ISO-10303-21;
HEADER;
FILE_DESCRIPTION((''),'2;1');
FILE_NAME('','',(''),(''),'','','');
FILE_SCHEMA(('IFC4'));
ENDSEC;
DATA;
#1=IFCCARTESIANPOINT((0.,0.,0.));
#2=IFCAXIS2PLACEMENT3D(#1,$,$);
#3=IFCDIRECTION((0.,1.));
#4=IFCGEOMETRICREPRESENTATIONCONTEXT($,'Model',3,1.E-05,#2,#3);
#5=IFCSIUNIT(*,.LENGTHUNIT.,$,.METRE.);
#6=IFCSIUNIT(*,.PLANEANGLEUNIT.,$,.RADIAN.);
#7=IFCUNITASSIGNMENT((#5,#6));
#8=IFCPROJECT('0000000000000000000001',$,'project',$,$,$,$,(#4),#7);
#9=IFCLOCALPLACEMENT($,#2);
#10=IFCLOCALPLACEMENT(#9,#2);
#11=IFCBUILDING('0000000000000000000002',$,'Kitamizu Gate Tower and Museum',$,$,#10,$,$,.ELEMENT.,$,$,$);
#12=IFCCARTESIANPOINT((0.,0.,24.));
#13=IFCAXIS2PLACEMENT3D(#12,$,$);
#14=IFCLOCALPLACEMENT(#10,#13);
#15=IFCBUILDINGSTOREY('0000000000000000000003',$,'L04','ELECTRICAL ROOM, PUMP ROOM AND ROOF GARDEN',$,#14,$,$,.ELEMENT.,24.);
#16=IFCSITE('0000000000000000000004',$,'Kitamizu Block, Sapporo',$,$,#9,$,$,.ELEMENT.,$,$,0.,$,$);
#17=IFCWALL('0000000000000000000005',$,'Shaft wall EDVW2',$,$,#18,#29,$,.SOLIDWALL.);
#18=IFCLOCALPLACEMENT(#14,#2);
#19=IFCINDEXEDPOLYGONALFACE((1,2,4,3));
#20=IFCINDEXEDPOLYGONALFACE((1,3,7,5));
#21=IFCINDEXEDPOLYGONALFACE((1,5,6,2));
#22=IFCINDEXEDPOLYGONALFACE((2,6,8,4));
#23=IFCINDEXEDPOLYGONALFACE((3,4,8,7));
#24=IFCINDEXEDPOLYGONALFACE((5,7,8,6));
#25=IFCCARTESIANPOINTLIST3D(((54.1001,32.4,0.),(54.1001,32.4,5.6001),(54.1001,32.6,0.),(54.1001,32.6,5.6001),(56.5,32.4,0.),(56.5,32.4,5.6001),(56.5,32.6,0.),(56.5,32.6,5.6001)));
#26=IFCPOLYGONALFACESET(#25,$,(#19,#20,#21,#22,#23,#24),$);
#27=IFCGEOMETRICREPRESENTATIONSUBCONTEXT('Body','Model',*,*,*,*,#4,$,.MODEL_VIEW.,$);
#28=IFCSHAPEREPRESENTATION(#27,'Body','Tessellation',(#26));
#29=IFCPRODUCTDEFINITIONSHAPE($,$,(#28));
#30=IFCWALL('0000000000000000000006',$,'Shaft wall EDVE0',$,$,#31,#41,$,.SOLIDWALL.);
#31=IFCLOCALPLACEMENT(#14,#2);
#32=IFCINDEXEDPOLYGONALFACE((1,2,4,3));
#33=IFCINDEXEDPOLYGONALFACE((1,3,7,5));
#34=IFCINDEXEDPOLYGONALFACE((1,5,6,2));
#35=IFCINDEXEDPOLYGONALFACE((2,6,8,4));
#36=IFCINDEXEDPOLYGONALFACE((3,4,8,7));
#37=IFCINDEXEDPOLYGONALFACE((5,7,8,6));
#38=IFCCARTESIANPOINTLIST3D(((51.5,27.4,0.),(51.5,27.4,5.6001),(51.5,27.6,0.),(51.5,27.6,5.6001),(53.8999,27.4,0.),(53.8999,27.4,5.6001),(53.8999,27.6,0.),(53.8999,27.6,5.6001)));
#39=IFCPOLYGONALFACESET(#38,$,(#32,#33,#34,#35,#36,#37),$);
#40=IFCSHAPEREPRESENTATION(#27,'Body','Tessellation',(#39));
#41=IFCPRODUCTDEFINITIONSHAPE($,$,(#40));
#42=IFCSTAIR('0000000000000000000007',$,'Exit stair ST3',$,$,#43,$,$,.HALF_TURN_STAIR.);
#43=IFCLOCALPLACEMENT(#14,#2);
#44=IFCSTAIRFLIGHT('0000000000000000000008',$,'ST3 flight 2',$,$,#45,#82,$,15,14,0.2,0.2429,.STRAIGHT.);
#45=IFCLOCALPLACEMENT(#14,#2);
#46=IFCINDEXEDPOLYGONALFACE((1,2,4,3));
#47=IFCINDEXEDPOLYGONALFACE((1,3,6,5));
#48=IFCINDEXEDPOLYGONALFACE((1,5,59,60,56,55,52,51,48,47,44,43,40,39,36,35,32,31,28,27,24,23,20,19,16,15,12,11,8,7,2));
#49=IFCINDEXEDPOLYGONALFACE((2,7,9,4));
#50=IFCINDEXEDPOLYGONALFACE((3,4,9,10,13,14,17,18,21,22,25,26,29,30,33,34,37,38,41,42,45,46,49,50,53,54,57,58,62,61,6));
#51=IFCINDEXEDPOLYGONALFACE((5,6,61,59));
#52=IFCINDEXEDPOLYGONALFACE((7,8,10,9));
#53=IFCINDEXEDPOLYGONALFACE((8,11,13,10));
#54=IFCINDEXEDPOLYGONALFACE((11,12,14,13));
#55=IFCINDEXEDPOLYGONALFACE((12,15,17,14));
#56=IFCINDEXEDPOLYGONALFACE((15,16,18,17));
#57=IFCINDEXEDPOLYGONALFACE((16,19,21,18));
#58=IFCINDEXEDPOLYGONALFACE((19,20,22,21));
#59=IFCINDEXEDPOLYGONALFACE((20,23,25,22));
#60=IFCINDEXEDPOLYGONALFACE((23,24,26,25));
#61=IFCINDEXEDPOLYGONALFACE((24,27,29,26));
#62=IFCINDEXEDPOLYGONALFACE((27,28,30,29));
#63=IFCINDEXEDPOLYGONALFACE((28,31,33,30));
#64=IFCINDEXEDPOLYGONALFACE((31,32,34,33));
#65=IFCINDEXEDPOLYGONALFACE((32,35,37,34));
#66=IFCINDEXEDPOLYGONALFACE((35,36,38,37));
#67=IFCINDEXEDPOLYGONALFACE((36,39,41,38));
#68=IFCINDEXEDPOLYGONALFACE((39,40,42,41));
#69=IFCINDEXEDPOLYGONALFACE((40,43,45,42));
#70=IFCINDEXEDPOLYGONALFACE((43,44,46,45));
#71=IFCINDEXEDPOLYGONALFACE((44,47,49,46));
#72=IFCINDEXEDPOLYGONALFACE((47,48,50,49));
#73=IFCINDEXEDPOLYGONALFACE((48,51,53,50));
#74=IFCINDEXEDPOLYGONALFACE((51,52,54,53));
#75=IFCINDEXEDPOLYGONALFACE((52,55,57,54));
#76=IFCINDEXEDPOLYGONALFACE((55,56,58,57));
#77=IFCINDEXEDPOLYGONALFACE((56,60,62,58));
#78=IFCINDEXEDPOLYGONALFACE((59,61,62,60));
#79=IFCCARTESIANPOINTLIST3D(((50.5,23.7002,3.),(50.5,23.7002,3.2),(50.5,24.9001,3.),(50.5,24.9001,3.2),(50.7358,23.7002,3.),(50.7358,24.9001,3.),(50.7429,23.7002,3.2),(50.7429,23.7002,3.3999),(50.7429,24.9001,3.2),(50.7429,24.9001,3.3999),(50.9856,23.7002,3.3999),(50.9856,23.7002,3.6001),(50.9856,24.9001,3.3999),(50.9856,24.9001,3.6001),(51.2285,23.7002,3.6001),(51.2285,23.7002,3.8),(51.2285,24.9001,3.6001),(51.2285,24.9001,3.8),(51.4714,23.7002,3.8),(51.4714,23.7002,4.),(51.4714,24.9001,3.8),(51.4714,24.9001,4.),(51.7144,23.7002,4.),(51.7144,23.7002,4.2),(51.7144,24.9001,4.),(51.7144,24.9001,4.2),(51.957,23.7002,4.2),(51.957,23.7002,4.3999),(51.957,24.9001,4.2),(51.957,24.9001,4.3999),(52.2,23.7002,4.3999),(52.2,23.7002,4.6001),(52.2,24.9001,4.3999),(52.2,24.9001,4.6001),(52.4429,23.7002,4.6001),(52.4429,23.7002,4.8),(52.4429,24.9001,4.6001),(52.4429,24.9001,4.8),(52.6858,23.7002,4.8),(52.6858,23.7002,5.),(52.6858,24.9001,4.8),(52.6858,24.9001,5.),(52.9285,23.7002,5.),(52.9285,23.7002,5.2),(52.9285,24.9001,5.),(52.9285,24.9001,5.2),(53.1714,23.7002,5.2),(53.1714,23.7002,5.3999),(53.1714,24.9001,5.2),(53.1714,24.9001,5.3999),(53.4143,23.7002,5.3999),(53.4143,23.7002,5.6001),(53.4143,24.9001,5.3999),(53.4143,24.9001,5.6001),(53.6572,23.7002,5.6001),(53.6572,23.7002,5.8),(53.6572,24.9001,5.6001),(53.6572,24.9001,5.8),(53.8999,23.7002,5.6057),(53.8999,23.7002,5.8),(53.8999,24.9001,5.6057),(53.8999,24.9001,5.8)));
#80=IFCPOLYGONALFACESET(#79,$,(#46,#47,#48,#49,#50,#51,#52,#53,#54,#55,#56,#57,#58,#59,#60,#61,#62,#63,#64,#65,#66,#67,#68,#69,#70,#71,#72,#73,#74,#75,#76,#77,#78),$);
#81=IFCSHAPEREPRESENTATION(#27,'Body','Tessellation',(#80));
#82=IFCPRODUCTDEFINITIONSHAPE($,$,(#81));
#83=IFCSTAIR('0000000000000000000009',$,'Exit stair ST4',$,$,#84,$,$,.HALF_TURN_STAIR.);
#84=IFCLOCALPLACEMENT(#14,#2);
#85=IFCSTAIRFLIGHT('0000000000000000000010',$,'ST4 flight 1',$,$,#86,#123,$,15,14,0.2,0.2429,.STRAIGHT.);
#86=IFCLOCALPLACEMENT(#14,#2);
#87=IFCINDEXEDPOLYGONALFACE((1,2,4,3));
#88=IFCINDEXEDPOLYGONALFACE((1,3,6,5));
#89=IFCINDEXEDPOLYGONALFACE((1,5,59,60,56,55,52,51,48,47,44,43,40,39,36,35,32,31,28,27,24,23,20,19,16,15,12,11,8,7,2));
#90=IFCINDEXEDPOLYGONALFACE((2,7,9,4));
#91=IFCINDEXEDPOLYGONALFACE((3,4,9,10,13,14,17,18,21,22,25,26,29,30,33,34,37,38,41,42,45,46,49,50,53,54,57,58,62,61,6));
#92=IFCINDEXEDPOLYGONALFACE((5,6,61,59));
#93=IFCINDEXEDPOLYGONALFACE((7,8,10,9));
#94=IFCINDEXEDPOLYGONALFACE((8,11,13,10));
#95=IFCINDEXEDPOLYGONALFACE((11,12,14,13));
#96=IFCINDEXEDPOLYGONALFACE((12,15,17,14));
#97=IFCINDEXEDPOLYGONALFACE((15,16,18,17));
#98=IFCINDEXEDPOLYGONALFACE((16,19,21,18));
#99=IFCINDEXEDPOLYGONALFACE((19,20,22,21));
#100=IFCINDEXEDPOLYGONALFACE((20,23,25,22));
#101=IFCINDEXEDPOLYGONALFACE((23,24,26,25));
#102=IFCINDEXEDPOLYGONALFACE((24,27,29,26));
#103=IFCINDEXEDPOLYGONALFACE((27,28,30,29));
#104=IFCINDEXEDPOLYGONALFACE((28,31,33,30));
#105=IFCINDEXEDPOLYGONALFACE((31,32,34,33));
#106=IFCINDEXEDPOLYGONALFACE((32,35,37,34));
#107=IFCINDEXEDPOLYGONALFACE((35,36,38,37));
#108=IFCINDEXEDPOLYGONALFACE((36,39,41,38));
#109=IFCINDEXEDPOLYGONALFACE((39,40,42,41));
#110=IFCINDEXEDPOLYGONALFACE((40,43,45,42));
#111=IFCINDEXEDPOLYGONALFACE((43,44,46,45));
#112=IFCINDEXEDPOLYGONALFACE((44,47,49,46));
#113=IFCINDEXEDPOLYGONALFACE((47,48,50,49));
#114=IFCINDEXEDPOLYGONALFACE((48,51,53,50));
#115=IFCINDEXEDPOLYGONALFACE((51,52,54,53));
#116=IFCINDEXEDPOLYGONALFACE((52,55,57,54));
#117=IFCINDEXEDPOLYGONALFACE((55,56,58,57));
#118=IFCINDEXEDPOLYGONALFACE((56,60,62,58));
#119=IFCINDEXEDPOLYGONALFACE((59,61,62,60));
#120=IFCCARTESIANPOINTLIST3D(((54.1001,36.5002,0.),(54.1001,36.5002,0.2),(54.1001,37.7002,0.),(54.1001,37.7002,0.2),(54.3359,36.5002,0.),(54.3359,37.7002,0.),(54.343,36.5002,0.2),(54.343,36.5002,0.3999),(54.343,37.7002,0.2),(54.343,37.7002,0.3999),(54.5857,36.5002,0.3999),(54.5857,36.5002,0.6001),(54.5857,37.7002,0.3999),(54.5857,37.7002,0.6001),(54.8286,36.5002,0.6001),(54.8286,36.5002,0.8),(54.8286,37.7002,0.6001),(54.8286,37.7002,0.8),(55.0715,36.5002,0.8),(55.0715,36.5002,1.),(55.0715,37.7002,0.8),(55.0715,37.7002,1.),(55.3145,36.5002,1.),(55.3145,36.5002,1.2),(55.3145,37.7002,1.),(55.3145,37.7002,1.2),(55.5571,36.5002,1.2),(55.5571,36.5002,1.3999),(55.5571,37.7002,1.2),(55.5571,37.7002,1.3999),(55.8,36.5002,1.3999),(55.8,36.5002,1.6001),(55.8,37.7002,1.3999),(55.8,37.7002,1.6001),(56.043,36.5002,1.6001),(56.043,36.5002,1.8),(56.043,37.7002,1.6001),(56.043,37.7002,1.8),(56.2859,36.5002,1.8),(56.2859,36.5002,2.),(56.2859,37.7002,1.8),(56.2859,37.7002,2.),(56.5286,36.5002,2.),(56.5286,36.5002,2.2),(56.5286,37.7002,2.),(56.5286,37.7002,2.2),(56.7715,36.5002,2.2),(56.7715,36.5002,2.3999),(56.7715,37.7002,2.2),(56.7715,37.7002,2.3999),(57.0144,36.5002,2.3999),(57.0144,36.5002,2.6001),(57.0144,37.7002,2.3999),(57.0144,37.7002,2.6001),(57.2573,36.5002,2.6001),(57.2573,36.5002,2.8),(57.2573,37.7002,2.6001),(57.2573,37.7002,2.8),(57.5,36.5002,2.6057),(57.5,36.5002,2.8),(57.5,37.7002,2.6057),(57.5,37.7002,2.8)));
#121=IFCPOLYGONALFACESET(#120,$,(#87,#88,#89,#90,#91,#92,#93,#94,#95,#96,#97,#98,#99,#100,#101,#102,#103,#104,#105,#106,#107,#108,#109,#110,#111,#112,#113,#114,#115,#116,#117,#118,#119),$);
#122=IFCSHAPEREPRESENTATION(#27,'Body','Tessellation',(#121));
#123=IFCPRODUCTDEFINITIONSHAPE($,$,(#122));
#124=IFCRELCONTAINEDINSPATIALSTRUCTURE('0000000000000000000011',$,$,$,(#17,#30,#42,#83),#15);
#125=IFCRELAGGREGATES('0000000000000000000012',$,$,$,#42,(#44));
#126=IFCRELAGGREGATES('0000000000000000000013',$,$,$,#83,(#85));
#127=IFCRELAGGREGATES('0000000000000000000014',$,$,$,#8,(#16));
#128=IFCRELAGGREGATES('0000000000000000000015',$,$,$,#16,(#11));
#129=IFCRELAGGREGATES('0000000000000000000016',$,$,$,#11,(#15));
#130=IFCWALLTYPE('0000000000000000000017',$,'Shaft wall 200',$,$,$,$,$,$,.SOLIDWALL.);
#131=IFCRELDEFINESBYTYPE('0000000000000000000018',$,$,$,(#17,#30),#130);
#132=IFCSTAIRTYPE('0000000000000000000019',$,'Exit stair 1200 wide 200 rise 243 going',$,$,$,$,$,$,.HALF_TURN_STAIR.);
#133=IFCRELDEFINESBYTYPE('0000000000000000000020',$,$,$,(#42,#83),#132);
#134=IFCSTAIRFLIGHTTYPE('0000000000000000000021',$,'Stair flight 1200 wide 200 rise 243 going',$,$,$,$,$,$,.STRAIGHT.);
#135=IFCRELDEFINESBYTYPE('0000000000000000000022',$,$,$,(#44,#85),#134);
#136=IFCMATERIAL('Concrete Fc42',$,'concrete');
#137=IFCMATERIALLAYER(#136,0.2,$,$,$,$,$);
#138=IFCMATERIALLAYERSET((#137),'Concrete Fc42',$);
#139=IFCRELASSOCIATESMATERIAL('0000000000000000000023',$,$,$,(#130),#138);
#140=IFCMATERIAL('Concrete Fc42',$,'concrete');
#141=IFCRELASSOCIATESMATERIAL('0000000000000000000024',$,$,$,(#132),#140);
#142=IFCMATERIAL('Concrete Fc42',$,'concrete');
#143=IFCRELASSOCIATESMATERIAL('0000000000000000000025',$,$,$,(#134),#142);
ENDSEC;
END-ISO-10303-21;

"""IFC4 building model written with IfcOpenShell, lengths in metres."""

from ifc_helpers import new_model, si_unit, direction, frame, frame_2d, origin, place, context, subcontext, project, spatial, polyline, rectangle, outline, extrude, material, layer, layer_set, type_object, element, aggregate, save


model = new_model("IFC4")

# Units and contexts
model_context = context("Model", 3, precision=1e-05, world=origin(), true_north=direction((0.0, 1.0)))
body_context = subcontext(model_context, "Body", "Model", "MODEL_VIEW")
ifc_project = project(units=[si_unit("LENGTHUNIT", "METRE"), si_unit("PLANEANGLEUNIT", "RADIAN")], contexts=[model_context])

# Site, building, storey
site_placement = place(None, origin())
site = spatial("IfcSite", under=ifc_project, at=site_placement, Name="Kitamizu Block, Sapporo", CompositionType="ELEMENT", RefElevation=0.0)
building_placement = place(site_placement, origin())
building = spatial("IfcBuilding", under=site, at=building_placement, Name="Kitamizu Gate Tower and Museum", CompositionType="ELEMENT")
storey_placement = place(building_placement, frame((0.0, 0.0, 24.0)))
storey = spatial("IfcBuildingStorey", under=building, at=storey_placement, Name="L04", Description="ELECTRICAL ROOM, PUMP ROOM AND ROOF GARDEN", CompositionType="ELEMENT", Elevation=24.0)

# Shared definitions
ifc_material_1 = material(Name="Concrete Fc42", Category="concrete")
ifc_layer_1 = layer(ifc_material_1, 0.2)
ifc_layer_set_1 = layer_set([ifc_layer_1], Name="Concrete Fc42")
wall_type_1 = type_object("IfcWallType", Name="Shaft wall 200", PredefinedType="SOLIDWALL", material=ifc_layer_set_1)

# Walls
for number, where, z_axis, x_axis, name in (
    (1, (56.5, 32.5, 0.0), (0.0, 0.0, 1.0), (-1.0, 0.0, 0.0), "Shaft wall EDVW2"),
    (2, (53.8999, 27.5, 0.0), (0.0, 0.0, 1.0), (-1.0, 0.0, 0.0), "Shaft wall EDVE0"),
):
    element("IfcWall", number, at=place(storey_placement, frame(where, z_axis=z_axis, x_axis=x_axis)), inside=storey, type_object=wall_type_1, Name=name, PredefinedType="SOLIDWALL", context=body_context, shape_type="SweptSolid", body=[
        extrude(rectangle(XDim=2.3999, YDim=0.2, at=frame_2d((1.2, 0.0))), origin(), (0.0, 0.0, 1.0), 5.6001),
    ])

# Stairs, stair flights
ifc_material_2 = material(Name="Concrete Fc42", Category="concrete")
stair_type = type_object("IfcStairType", Name="Exit stair 1200 wide 200 rise 243 going", PredefinedType="HALF_TURN_STAIR", material=ifc_material_2)
stair_1_placement = place(storey_placement, origin())
stair_1 = element("IfcStair", 3, at=stair_1_placement, inside=storey, type_object=stair_type, Name="Exit stair ST3", PredefinedType="HALF_TURN_STAIR")
ifc_material_3 = material(Name="Concrete Fc42", Category="concrete")
stair_flight_type = type_object("IfcStairFlightType", Name="Stair flight 1200 wide 200 rise 243 going", PredefinedType="STRAIGHT", material=ifc_material_3)
stair_flight_1_placement = place(storey_placement, frame((50.5, 24.3, 3.0), z_axis=(0.0, 0.0, 1.0), x_axis=(1.0, 0.0, 0.0)))
stair_flight_1 = element("IfcStairFlight", 4, at=stair_flight_1_placement, type_object=stair_flight_type, Name="ST3 flight 2", NumberOfRisers=15, NumberOfTreads=14, PredefinedType="STRAIGHT", RiserHeight=0.2, TreadLength=0.2429, context=body_context, shape_type="SweptSolid", body=[
    extrude(outline(polyline([(0.0, 0.0), (0.0, 0.2), (0.2429, 0.2), (0.2429, 0.3999), (0.4856, 0.3999), (0.4856, 0.6001), (0.7285, 0.6001), (0.7285, 0.8), (0.9714, 0.8), (0.9714, 1.0), (1.2144, 1.0), (1.2144, 1.2), (1.457, 1.2), (1.457, 1.3999), (1.7, 1.3999), (1.7, 1.6001), (1.9429, 1.6001), (1.9429, 1.8), (2.1858, 1.8), (2.1858, 2.0), (2.4285, 2.0), (2.4285, 2.2), (2.6714, 2.2), (2.6714, 2.3999), (2.9143, 2.3999), (2.9143, 2.6001), (3.1572, 2.6001), (3.1572, 2.8), (3.3999, 2.8), (3.3999, 3.0), (3.3999, 2.6057), (0.2358, 0.0), (0.0, 0.0)])), frame((0.0, 0.6001, 0.0), z_axis=(0.0, -1.0, 0.0), x_axis=(1.0, 0.0, 0.0)), (0.0, 0.0, 1.0), 1.2),
])
aggregate(stair_1, [stair_flight_1])
stair_2_placement = place(storey_placement, origin())
stair_2 = element("IfcStair", 5, at=stair_2_placement, inside=storey, type_object=stair_type, Name="Exit stair ST4", PredefinedType="HALF_TURN_STAIR")
stair_flight_2_placement = place(storey_placement, frame((54.1001, 37.1001, 0.0), z_axis=(0.0, 0.0, 1.0), x_axis=(1.0, 0.0, 0.0)))
stair_flight_2 = element("IfcStairFlight", 6, at=stair_flight_2_placement, type_object=stair_flight_type, Name="ST4 flight 1", NumberOfRisers=15, NumberOfTreads=14, PredefinedType="STRAIGHT", RiserHeight=0.2, TreadLength=0.2429, context=body_context, shape_type="SweptSolid", body=[
    extrude(outline(polyline([(0.0, 0.0), (0.0, 0.2), (0.2429, 0.2), (0.2429, 0.3999), (0.4856, 0.3999), (0.4856, 0.6001), (0.7285, 0.6001), (0.7285, 0.8), (0.9714, 0.8), (0.9714, 1.0), (1.2144, 1.0), (1.2144, 1.2), (1.457, 1.2), (1.457, 1.3999), (1.7, 1.3999), (1.7, 1.6001), (1.9429, 1.6001), (1.9429, 1.8), (2.1858, 1.8), (2.1858, 2.0), (2.4285, 2.0), (2.4285, 2.2), (2.6714, 2.2), (2.6714, 2.3999), (2.9143, 2.3999), (2.9143, 2.6001), (3.1572, 2.6001), (3.1572, 2.8), (3.3999, 2.8), (3.3999, 3.0), (3.3999, 2.6057), (0.2358, 0.0), (0.0, 0.0)])), frame((0.0, 0.6001, 0.0), z_axis=(0.0, -1.0, 0.0), x_axis=(1.0, 0.0, 0.0)), (0.0, 0.0, 1.0), 1.2),
])
aggregate(stair_2, [stair_flight_2])

save(model, "model.ifc")
